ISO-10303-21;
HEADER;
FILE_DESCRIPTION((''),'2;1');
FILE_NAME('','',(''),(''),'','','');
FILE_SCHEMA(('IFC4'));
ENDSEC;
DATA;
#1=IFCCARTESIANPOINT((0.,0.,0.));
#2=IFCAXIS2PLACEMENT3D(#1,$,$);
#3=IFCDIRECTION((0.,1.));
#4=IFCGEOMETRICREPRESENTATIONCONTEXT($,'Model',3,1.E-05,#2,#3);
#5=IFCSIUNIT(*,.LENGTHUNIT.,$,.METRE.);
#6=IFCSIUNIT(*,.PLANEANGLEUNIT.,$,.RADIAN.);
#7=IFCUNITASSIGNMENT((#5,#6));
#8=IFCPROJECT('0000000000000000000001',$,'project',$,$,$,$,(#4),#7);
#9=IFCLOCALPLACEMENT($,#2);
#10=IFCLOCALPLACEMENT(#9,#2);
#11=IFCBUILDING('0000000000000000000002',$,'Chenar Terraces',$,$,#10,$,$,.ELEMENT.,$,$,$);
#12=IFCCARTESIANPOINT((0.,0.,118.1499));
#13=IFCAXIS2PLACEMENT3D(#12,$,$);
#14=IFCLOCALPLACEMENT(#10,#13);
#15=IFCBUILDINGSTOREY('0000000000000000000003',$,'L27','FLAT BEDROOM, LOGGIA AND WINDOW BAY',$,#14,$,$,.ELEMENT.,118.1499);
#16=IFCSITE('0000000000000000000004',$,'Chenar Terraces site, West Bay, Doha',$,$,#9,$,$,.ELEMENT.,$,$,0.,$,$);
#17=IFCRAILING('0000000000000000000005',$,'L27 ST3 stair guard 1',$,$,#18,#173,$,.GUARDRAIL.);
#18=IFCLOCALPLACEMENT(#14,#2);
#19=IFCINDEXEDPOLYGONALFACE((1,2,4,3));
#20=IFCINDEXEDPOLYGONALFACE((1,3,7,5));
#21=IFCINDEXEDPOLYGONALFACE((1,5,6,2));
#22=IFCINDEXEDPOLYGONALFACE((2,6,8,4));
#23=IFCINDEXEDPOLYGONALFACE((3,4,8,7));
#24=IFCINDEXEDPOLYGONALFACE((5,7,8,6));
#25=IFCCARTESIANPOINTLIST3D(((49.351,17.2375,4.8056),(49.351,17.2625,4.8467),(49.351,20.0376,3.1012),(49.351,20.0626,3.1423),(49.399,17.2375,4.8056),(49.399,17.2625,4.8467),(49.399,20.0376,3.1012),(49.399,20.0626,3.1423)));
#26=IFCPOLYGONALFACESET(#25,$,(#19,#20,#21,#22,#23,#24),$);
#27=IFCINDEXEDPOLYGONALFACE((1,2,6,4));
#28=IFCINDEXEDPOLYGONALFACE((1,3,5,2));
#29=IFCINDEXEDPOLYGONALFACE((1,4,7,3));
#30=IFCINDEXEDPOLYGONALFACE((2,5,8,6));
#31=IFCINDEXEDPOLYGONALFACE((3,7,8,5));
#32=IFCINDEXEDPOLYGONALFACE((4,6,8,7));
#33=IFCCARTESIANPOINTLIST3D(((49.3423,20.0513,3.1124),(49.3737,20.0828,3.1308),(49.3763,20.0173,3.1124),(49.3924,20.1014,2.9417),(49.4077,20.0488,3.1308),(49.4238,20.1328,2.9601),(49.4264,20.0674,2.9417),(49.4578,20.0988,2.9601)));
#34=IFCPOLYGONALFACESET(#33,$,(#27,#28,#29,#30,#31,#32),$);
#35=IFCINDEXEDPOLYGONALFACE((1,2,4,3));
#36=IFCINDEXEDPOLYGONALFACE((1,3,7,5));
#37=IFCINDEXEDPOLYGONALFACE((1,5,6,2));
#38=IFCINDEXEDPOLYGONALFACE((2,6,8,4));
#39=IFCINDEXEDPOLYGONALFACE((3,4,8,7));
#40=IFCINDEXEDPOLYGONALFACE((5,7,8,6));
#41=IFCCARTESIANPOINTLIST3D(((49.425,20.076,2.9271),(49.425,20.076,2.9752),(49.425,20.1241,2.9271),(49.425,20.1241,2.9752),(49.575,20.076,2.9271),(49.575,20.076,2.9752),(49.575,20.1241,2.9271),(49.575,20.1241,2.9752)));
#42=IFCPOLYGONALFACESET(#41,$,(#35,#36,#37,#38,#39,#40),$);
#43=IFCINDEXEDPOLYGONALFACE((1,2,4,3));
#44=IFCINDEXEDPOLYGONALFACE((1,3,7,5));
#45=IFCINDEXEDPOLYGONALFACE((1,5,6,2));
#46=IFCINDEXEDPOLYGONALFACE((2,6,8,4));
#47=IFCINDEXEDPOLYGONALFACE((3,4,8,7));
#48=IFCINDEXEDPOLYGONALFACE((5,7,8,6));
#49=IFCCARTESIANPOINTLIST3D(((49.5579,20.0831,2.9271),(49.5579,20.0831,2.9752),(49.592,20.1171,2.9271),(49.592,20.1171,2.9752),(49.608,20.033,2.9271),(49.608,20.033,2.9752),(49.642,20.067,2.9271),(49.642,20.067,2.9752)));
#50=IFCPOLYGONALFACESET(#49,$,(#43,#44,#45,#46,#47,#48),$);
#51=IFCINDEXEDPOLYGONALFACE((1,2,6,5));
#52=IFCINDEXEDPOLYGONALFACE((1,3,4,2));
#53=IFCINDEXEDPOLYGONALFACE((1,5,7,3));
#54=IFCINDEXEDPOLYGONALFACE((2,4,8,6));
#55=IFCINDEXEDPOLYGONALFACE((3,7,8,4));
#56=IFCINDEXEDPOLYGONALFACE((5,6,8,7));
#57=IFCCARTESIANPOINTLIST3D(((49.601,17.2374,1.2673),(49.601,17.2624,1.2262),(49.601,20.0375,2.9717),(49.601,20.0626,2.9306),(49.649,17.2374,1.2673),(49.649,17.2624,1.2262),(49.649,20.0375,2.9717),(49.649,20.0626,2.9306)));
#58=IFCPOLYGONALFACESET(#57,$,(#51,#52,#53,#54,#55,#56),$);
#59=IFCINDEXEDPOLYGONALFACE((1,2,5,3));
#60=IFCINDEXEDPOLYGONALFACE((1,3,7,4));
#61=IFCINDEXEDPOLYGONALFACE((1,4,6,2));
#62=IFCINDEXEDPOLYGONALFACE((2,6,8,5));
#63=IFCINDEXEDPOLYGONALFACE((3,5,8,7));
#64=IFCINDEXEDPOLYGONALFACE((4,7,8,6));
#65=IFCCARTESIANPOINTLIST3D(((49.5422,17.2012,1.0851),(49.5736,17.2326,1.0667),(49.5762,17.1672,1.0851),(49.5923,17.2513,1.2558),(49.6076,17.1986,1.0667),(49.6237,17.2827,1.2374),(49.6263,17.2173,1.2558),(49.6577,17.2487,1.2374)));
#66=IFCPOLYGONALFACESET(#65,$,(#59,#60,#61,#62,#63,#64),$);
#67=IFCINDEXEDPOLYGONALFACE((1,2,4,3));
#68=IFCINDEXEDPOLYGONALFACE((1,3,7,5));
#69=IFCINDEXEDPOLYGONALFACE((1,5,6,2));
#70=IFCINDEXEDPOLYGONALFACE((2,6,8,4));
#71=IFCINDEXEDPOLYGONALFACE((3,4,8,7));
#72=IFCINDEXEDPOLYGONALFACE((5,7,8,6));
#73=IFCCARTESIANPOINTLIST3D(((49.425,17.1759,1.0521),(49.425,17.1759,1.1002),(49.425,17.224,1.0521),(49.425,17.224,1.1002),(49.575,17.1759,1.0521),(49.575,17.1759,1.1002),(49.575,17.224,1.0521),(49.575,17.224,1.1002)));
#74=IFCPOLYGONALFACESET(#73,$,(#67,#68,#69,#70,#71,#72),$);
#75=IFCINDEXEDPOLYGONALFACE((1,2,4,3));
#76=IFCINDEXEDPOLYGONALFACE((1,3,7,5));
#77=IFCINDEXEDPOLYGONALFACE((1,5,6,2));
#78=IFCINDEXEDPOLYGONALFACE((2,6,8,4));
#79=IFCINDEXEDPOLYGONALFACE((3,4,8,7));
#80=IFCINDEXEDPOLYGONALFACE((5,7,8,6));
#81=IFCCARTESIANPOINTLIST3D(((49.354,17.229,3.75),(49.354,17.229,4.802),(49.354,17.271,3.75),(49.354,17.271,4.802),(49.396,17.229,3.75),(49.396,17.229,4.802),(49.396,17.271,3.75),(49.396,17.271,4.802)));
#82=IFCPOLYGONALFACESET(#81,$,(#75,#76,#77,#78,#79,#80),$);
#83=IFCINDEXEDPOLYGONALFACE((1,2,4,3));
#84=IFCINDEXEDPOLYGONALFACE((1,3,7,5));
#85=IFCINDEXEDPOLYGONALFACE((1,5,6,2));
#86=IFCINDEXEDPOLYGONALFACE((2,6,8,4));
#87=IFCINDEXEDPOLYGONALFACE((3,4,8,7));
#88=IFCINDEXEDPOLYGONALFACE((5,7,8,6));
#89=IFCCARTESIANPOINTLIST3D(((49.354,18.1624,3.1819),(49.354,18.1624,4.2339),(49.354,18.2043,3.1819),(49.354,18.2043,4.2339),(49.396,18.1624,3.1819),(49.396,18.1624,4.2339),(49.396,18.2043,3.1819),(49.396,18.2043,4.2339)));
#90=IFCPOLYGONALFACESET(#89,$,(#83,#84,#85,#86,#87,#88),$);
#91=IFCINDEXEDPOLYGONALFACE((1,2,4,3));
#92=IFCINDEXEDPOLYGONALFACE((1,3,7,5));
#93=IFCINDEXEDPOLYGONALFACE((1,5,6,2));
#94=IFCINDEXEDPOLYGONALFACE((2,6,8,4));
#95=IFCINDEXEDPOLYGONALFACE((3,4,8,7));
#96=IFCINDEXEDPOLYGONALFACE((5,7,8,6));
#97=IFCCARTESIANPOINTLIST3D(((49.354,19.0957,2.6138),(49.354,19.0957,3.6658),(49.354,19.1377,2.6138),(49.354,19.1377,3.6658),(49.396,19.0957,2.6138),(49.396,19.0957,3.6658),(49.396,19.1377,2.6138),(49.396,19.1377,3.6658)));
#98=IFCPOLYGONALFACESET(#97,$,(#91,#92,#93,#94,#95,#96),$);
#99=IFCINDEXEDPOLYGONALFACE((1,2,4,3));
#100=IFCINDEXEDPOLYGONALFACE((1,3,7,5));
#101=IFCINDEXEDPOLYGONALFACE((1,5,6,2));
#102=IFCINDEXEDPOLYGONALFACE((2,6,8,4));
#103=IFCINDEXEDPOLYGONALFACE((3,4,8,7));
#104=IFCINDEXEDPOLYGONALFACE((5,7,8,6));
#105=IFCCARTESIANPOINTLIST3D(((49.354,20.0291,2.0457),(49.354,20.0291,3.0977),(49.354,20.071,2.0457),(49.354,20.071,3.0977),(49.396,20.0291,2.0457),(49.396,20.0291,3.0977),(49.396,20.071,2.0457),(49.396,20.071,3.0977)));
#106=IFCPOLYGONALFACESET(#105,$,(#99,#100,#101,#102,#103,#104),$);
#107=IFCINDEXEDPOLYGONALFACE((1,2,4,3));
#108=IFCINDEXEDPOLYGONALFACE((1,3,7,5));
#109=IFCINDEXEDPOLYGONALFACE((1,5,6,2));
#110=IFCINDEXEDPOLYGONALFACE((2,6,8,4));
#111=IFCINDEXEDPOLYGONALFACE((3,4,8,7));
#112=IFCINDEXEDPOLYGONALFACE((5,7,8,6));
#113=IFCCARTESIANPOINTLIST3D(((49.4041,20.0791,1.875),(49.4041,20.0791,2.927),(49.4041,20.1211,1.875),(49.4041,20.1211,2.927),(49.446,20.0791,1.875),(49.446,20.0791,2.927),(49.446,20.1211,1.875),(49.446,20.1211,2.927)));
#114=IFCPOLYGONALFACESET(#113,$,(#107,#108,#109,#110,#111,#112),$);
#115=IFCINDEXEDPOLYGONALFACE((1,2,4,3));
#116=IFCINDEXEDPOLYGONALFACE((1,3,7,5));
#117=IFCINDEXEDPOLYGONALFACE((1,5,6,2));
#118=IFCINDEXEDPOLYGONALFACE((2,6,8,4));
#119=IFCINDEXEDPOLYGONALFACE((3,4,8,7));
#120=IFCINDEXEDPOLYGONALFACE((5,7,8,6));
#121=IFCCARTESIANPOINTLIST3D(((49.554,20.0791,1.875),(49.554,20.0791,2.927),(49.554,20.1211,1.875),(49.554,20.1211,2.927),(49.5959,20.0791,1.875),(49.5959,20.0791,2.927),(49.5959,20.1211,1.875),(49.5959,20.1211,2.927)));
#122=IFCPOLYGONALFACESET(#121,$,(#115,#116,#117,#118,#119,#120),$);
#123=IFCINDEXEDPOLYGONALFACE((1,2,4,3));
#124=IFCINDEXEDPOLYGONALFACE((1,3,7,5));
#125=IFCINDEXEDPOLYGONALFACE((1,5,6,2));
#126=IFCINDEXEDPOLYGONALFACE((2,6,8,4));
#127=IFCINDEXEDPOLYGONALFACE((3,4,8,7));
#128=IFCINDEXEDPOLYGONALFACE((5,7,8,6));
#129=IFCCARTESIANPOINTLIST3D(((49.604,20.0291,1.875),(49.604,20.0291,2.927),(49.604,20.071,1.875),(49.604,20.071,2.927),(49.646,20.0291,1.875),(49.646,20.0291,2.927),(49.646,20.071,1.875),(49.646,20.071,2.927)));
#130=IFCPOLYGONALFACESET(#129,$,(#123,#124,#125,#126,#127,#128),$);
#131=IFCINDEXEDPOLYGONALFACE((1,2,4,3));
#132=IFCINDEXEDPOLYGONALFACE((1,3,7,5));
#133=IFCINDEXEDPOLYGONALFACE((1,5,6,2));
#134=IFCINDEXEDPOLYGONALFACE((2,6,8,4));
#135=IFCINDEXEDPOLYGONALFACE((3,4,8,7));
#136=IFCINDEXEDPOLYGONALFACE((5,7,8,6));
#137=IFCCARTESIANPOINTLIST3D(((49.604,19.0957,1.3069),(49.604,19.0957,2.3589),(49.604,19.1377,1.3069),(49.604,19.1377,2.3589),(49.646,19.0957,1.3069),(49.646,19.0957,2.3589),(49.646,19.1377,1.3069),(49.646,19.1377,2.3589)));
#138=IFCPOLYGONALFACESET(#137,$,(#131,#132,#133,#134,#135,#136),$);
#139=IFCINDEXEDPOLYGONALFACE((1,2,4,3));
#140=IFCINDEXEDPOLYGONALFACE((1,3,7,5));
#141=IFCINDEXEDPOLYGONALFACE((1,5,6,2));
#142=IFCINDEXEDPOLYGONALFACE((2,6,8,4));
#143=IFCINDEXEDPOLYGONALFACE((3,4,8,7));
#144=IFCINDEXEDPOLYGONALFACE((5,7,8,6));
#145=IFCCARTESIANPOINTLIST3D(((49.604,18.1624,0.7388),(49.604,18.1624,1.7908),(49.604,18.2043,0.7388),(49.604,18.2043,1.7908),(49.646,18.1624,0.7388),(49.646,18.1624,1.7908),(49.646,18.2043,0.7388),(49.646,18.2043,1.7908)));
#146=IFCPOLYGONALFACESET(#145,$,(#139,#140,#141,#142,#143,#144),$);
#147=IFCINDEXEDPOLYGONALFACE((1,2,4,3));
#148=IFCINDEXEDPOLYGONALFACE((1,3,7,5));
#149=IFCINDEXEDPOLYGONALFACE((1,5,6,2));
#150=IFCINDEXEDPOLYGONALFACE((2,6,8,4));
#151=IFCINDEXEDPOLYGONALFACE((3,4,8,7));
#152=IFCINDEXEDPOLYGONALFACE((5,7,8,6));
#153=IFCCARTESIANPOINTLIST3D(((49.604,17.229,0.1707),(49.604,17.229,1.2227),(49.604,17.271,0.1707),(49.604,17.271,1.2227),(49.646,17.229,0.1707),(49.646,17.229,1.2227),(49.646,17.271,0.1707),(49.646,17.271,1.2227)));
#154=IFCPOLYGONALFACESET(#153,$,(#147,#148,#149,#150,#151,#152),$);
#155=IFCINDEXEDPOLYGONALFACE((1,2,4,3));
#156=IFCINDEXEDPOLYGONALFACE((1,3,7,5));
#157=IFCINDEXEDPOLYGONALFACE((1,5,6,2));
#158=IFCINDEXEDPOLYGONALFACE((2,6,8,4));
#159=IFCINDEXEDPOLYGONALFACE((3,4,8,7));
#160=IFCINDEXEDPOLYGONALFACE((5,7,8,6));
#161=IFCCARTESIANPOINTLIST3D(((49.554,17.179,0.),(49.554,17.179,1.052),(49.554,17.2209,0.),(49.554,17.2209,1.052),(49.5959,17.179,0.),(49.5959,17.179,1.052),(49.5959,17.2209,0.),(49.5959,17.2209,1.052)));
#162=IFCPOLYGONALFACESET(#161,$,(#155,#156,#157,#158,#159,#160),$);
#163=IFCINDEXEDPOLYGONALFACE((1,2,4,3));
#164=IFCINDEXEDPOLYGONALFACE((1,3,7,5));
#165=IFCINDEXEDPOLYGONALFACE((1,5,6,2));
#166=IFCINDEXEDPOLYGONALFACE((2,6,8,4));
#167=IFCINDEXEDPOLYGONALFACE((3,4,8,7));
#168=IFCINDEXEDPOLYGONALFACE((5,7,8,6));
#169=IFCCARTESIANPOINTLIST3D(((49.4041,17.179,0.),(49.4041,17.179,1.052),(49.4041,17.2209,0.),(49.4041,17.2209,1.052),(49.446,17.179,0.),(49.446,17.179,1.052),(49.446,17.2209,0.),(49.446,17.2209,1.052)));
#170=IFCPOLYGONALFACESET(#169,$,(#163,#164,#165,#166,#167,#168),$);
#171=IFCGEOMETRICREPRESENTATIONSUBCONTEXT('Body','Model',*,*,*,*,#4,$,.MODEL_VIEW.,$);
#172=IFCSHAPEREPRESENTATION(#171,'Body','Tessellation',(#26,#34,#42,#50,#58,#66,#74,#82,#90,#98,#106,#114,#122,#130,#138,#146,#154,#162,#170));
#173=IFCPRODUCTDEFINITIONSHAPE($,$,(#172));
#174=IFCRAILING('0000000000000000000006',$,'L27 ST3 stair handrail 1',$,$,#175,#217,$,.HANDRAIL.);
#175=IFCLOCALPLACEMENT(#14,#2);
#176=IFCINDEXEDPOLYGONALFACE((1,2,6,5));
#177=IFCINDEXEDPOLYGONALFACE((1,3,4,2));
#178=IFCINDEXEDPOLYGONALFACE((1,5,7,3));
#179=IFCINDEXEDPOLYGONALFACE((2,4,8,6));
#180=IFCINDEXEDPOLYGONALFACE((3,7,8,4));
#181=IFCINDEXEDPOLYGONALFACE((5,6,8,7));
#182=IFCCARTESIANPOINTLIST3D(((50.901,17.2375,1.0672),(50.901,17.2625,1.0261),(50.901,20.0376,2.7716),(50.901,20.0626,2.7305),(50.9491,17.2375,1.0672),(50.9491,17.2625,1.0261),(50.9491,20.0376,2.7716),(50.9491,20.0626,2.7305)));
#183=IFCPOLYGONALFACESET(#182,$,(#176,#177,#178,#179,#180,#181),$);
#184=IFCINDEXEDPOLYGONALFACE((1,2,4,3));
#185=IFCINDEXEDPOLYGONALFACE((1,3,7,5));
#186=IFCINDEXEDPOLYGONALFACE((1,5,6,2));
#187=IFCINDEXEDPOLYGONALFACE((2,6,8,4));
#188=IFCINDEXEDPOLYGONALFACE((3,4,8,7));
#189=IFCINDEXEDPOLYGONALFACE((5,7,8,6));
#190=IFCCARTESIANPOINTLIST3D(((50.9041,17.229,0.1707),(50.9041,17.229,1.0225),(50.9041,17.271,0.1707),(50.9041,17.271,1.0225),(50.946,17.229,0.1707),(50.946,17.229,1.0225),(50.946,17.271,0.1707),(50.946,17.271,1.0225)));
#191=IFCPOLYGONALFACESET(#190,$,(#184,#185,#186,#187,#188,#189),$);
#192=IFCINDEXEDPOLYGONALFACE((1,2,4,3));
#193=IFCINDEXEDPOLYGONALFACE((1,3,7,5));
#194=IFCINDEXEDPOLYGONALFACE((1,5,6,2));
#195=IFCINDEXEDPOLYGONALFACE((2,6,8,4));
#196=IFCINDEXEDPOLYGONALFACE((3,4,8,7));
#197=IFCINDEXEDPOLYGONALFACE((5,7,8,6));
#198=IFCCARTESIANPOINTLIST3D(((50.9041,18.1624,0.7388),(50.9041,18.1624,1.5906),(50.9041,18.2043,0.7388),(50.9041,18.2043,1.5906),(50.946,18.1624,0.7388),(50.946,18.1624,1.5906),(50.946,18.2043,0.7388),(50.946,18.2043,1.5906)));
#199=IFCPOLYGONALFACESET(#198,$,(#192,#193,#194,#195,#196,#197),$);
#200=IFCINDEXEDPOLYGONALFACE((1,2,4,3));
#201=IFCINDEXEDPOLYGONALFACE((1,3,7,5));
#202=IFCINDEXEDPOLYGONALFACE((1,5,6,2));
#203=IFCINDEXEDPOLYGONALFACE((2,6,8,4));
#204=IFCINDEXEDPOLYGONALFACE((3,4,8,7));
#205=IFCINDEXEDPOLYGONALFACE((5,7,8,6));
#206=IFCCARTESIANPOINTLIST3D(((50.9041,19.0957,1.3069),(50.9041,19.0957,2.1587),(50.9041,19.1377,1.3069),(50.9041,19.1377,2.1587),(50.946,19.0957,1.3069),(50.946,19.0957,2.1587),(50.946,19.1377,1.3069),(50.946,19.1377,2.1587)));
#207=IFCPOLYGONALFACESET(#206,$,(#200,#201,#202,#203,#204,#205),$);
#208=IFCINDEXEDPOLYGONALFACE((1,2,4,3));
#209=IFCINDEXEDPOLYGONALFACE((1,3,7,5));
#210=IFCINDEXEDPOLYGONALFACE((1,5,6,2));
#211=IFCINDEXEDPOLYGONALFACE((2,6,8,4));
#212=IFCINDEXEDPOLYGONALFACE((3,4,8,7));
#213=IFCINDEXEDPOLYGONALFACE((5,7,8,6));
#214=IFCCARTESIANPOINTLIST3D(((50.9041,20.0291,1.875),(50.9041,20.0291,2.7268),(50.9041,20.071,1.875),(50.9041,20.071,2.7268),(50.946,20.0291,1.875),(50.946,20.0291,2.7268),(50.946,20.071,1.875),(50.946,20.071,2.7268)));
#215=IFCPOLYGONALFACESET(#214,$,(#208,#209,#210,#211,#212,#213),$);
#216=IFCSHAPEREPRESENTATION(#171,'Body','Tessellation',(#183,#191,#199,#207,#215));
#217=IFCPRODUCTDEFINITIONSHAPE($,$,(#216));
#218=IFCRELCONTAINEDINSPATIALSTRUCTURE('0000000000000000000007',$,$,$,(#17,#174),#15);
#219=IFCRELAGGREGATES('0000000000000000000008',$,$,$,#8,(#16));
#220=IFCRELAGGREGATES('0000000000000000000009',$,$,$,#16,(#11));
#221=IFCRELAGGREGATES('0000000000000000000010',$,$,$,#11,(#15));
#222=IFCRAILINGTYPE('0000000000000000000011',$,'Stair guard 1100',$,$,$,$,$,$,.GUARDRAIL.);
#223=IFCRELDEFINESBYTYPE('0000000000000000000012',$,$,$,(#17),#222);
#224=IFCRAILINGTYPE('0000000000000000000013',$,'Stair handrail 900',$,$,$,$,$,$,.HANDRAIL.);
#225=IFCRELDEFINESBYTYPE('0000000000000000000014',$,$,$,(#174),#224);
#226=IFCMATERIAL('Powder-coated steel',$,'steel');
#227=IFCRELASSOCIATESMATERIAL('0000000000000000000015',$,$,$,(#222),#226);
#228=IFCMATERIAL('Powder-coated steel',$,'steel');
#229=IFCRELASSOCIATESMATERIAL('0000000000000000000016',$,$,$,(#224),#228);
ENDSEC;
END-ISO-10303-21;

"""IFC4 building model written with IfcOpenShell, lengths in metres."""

from ifc_helpers import new_model, si_unit, direction, frame, origin, origin_2d, place, context, subcontext, project, spatial, rectangle, extrude, material, type_object, element, save


model = new_model("IFC4")

# Units and contexts
model_context = context("Model", 3, precision=1e-05, world=origin(), true_north=direction((0.0, 1.0)))
body_context = subcontext(model_context, "Body", "Model", "MODEL_VIEW")
ifc_project = project(units=[si_unit("LENGTHUNIT", "METRE"), si_unit("PLANEANGLEUNIT", "RADIAN")], contexts=[model_context])

# Site, building, storey
site_placement = place(None, origin())
site = spatial("IfcSite", under=ifc_project, at=site_placement, Name="Chenar Terraces site, West Bay, Doha", CompositionType="ELEMENT", RefElevation=0.0)
building_placement = place(site_placement, origin())
building = spatial("IfcBuilding", under=site, at=building_placement, Name="Chenar Terraces", CompositionType="ELEMENT")
storey_placement = place(building_placement, frame((0.0, 0.0, 118.1499)))
storey = spatial("IfcBuildingStorey", under=building, at=storey_placement, Name="L27", Description="FLAT BEDROOM, LOGGIA AND WINDOW BAY", CompositionType="ELEMENT", Elevation=118.1499)

# Railings
ifc_material_1 = material(Name="Powder-coated steel", Category="steel")
railing_type_1 = type_object("IfcRailingType", Name="Stair guard 1100", PredefinedType="GUARDRAIL", material=ifc_material_1)
railing_1_placement = place(storey_placement, frame((49.375, 17.25, 3.75)))
element("IfcRailing", 1, at=railing_1_placement, inside=storey, type_object=railing_type_1, Name="L27 ST3 stair guard 1", PredefinedType="GUARDRAIL", context=body_context, shape_type="SweptSolid", body=[
    extrude(rectangle(XDim=0.0481, YDim=0.0481, at=origin_2d()), frame((0.0, 0.0, 1.0762), z_axis=(0.0, 0.854203, -0.51994), x_axis=(-1.0, 0.0, 0.0)), (0.0, 0.0, 1.0), 3.2781),
    extrude(rectangle(XDim=0.0481, YDim=0.0481, at=origin_2d()), frame((0.0, 2.8, -0.6284), z_axis=(0.2709, 0.2709, -0.923703), x_axis=(-0.707107, 0.707107, 0.0)), (0.0, 0.0, 1.0), 0.1848),
    extrude(rectangle(XDim=0.0481, YDim=0.0481, at=origin_2d()), frame((0.05, 2.8501, -0.7988), z_axis=(1.0, 0.0, 0.0), x_axis=(0.0, 1.0, 0.0)), (0.0, 0.0, 1.0), 0.1499),
    extrude(rectangle(XDim=0.0481, YDim=0.0481, at=origin_2d()), frame((0.2, 2.8501, -0.7988), z_axis=(0.707107, -0.707107, 0.0), x_axis=(0.707107, 0.707107, 0.0)), (0.0, 0.0, 1.0), 0.0708),
    extrude(rectangle(XDim=0.0481, YDim=0.0481, at=origin_2d()), frame((0.25, 2.8, -0.7988), z_axis=(0.0, -0.854203, -0.51994), x_axis=(1.0, 0.0, 0.0)), (0.0, 0.0, 1.0), 3.2781),
    extrude(rectangle(XDim=0.0481, YDim=0.0481, at=origin_2d()), frame((0.25, 0.0, -2.5034), z_axis=(-0.2709, -0.2709, -0.923703), x_axis=(0.707107, -0.707107, 0.0)), (0.0, 0.0, 1.0), 0.1848),
    extrude(rectangle(XDim=0.0481, YDim=0.0481, at=origin_2d()), frame((0.2, -0.05, -2.6738), z_axis=(-1.0, 0.0, 0.0), x_axis=(0.0, -1.0, 0.0)), (0.0, 0.0, 1.0), 0.1499),
    extrude(rectangle(XDim=0.042, YDim=0.042, at=origin_2d()), origin(), (0.0, 0.0, 1.0), 1.052),
    extrude(rectangle(XDim=0.042, YDim=0.042, at=origin_2d()), frame((0.0, 0.9333, -0.5681)), (0.0, 0.0, 1.0), 1.052),
    extrude(rectangle(XDim=0.042, YDim=0.042, at=origin_2d()), frame((0.0, 1.8667, -1.1362)), (0.0, 0.0, 1.0), 1.052),
    extrude(rectangle(XDim=0.042, YDim=0.042, at=origin_2d()), frame((0.0, 2.8, -1.7043)), (0.0, 0.0, 1.0), 1.052),
    extrude(rectangle(XDim=0.042, YDim=0.042, at=origin_2d()), frame((0.05, 2.8501, -1.875)), (0.0, 0.0, 1.0), 1.052),
    extrude(rectangle(XDim=0.042, YDim=0.042, at=origin_2d()), frame((0.2, 2.8501, -1.875)), (0.0, 0.0, 1.0), 1.052),
    extrude(rectangle(XDim=0.042, YDim=0.042, at=origin_2d()), frame((0.25, 2.8, -1.875)), (0.0, 0.0, 1.0), 1.052),
    extrude(rectangle(XDim=0.042, YDim=0.042, at=origin_2d()), frame((0.25, 1.8667, -2.4431)), (0.0, 0.0, 1.0), 1.052),
    extrude(rectangle(XDim=0.042, YDim=0.042, at=origin_2d()), frame((0.25, 0.9333, -3.0112)), (0.0, 0.0, 1.0), 1.052),
    extrude(rectangle(XDim=0.042, YDim=0.042, at=origin_2d()), frame((0.25, 0.0, -3.5793)), (0.0, 0.0, 1.0), 1.052),
    extrude(rectangle(XDim=0.042, YDim=0.042, at=origin_2d()), frame((0.2, -0.05, -3.75)), (0.0, 0.0, 1.0), 1.052),
    extrude(rectangle(XDim=0.042, YDim=0.042, at=origin_2d()), frame((0.05, -0.05, -3.75)), (0.0, 0.0, 1.0), 1.052),
])
ifc_material_2 = material(Name="Powder-coated steel", Category="steel")
railing_type_2 = type_object("IfcRailingType", Name="Stair handrail 900", PredefinedType="HANDRAIL", material=ifc_material_2)
railing_2_placement = place(storey_placement, frame((50.925, 17.25, 0.1707)))
element("IfcRailing", 2, at=railing_2_placement, inside=storey, type_object=railing_type_2, Name="L27 ST3 stair handrail 1", PredefinedType="HANDRAIL", context=body_context, shape_type="SweptSolid", body=[
    extrude(rectangle(XDim=0.0481, YDim=0.0481, at=origin_2d()), frame((0.0, 0.0, 0.876), z_axis=(0.0, 0.854203, 0.51994), x_axis=(-1.0, 0.0, 0.0)), (0.0, 0.0, 1.0), 3.2781),
    extrude(rectangle(XDim=0.042, YDim=0.042, at=origin_2d()), origin(), (0.0, 0.0, 1.0), 0.8518),
    extrude(rectangle(XDim=0.042, YDim=0.042, at=origin_2d()), frame((0.0, 0.9333, 0.5681)), (0.0, 0.0, 1.0), 0.8518),
    extrude(rectangle(XDim=0.042, YDim=0.042, at=origin_2d()), frame((0.0, 1.8667, 1.1362)), (0.0, 0.0, 1.0), 0.8518),
    extrude(rectangle(XDim=0.042, YDim=0.042, at=origin_2d()), frame((0.0, 2.8, 1.7043)), (0.0, 0.0, 1.0), 0.8518),
])

save(model, "model.ifc")
